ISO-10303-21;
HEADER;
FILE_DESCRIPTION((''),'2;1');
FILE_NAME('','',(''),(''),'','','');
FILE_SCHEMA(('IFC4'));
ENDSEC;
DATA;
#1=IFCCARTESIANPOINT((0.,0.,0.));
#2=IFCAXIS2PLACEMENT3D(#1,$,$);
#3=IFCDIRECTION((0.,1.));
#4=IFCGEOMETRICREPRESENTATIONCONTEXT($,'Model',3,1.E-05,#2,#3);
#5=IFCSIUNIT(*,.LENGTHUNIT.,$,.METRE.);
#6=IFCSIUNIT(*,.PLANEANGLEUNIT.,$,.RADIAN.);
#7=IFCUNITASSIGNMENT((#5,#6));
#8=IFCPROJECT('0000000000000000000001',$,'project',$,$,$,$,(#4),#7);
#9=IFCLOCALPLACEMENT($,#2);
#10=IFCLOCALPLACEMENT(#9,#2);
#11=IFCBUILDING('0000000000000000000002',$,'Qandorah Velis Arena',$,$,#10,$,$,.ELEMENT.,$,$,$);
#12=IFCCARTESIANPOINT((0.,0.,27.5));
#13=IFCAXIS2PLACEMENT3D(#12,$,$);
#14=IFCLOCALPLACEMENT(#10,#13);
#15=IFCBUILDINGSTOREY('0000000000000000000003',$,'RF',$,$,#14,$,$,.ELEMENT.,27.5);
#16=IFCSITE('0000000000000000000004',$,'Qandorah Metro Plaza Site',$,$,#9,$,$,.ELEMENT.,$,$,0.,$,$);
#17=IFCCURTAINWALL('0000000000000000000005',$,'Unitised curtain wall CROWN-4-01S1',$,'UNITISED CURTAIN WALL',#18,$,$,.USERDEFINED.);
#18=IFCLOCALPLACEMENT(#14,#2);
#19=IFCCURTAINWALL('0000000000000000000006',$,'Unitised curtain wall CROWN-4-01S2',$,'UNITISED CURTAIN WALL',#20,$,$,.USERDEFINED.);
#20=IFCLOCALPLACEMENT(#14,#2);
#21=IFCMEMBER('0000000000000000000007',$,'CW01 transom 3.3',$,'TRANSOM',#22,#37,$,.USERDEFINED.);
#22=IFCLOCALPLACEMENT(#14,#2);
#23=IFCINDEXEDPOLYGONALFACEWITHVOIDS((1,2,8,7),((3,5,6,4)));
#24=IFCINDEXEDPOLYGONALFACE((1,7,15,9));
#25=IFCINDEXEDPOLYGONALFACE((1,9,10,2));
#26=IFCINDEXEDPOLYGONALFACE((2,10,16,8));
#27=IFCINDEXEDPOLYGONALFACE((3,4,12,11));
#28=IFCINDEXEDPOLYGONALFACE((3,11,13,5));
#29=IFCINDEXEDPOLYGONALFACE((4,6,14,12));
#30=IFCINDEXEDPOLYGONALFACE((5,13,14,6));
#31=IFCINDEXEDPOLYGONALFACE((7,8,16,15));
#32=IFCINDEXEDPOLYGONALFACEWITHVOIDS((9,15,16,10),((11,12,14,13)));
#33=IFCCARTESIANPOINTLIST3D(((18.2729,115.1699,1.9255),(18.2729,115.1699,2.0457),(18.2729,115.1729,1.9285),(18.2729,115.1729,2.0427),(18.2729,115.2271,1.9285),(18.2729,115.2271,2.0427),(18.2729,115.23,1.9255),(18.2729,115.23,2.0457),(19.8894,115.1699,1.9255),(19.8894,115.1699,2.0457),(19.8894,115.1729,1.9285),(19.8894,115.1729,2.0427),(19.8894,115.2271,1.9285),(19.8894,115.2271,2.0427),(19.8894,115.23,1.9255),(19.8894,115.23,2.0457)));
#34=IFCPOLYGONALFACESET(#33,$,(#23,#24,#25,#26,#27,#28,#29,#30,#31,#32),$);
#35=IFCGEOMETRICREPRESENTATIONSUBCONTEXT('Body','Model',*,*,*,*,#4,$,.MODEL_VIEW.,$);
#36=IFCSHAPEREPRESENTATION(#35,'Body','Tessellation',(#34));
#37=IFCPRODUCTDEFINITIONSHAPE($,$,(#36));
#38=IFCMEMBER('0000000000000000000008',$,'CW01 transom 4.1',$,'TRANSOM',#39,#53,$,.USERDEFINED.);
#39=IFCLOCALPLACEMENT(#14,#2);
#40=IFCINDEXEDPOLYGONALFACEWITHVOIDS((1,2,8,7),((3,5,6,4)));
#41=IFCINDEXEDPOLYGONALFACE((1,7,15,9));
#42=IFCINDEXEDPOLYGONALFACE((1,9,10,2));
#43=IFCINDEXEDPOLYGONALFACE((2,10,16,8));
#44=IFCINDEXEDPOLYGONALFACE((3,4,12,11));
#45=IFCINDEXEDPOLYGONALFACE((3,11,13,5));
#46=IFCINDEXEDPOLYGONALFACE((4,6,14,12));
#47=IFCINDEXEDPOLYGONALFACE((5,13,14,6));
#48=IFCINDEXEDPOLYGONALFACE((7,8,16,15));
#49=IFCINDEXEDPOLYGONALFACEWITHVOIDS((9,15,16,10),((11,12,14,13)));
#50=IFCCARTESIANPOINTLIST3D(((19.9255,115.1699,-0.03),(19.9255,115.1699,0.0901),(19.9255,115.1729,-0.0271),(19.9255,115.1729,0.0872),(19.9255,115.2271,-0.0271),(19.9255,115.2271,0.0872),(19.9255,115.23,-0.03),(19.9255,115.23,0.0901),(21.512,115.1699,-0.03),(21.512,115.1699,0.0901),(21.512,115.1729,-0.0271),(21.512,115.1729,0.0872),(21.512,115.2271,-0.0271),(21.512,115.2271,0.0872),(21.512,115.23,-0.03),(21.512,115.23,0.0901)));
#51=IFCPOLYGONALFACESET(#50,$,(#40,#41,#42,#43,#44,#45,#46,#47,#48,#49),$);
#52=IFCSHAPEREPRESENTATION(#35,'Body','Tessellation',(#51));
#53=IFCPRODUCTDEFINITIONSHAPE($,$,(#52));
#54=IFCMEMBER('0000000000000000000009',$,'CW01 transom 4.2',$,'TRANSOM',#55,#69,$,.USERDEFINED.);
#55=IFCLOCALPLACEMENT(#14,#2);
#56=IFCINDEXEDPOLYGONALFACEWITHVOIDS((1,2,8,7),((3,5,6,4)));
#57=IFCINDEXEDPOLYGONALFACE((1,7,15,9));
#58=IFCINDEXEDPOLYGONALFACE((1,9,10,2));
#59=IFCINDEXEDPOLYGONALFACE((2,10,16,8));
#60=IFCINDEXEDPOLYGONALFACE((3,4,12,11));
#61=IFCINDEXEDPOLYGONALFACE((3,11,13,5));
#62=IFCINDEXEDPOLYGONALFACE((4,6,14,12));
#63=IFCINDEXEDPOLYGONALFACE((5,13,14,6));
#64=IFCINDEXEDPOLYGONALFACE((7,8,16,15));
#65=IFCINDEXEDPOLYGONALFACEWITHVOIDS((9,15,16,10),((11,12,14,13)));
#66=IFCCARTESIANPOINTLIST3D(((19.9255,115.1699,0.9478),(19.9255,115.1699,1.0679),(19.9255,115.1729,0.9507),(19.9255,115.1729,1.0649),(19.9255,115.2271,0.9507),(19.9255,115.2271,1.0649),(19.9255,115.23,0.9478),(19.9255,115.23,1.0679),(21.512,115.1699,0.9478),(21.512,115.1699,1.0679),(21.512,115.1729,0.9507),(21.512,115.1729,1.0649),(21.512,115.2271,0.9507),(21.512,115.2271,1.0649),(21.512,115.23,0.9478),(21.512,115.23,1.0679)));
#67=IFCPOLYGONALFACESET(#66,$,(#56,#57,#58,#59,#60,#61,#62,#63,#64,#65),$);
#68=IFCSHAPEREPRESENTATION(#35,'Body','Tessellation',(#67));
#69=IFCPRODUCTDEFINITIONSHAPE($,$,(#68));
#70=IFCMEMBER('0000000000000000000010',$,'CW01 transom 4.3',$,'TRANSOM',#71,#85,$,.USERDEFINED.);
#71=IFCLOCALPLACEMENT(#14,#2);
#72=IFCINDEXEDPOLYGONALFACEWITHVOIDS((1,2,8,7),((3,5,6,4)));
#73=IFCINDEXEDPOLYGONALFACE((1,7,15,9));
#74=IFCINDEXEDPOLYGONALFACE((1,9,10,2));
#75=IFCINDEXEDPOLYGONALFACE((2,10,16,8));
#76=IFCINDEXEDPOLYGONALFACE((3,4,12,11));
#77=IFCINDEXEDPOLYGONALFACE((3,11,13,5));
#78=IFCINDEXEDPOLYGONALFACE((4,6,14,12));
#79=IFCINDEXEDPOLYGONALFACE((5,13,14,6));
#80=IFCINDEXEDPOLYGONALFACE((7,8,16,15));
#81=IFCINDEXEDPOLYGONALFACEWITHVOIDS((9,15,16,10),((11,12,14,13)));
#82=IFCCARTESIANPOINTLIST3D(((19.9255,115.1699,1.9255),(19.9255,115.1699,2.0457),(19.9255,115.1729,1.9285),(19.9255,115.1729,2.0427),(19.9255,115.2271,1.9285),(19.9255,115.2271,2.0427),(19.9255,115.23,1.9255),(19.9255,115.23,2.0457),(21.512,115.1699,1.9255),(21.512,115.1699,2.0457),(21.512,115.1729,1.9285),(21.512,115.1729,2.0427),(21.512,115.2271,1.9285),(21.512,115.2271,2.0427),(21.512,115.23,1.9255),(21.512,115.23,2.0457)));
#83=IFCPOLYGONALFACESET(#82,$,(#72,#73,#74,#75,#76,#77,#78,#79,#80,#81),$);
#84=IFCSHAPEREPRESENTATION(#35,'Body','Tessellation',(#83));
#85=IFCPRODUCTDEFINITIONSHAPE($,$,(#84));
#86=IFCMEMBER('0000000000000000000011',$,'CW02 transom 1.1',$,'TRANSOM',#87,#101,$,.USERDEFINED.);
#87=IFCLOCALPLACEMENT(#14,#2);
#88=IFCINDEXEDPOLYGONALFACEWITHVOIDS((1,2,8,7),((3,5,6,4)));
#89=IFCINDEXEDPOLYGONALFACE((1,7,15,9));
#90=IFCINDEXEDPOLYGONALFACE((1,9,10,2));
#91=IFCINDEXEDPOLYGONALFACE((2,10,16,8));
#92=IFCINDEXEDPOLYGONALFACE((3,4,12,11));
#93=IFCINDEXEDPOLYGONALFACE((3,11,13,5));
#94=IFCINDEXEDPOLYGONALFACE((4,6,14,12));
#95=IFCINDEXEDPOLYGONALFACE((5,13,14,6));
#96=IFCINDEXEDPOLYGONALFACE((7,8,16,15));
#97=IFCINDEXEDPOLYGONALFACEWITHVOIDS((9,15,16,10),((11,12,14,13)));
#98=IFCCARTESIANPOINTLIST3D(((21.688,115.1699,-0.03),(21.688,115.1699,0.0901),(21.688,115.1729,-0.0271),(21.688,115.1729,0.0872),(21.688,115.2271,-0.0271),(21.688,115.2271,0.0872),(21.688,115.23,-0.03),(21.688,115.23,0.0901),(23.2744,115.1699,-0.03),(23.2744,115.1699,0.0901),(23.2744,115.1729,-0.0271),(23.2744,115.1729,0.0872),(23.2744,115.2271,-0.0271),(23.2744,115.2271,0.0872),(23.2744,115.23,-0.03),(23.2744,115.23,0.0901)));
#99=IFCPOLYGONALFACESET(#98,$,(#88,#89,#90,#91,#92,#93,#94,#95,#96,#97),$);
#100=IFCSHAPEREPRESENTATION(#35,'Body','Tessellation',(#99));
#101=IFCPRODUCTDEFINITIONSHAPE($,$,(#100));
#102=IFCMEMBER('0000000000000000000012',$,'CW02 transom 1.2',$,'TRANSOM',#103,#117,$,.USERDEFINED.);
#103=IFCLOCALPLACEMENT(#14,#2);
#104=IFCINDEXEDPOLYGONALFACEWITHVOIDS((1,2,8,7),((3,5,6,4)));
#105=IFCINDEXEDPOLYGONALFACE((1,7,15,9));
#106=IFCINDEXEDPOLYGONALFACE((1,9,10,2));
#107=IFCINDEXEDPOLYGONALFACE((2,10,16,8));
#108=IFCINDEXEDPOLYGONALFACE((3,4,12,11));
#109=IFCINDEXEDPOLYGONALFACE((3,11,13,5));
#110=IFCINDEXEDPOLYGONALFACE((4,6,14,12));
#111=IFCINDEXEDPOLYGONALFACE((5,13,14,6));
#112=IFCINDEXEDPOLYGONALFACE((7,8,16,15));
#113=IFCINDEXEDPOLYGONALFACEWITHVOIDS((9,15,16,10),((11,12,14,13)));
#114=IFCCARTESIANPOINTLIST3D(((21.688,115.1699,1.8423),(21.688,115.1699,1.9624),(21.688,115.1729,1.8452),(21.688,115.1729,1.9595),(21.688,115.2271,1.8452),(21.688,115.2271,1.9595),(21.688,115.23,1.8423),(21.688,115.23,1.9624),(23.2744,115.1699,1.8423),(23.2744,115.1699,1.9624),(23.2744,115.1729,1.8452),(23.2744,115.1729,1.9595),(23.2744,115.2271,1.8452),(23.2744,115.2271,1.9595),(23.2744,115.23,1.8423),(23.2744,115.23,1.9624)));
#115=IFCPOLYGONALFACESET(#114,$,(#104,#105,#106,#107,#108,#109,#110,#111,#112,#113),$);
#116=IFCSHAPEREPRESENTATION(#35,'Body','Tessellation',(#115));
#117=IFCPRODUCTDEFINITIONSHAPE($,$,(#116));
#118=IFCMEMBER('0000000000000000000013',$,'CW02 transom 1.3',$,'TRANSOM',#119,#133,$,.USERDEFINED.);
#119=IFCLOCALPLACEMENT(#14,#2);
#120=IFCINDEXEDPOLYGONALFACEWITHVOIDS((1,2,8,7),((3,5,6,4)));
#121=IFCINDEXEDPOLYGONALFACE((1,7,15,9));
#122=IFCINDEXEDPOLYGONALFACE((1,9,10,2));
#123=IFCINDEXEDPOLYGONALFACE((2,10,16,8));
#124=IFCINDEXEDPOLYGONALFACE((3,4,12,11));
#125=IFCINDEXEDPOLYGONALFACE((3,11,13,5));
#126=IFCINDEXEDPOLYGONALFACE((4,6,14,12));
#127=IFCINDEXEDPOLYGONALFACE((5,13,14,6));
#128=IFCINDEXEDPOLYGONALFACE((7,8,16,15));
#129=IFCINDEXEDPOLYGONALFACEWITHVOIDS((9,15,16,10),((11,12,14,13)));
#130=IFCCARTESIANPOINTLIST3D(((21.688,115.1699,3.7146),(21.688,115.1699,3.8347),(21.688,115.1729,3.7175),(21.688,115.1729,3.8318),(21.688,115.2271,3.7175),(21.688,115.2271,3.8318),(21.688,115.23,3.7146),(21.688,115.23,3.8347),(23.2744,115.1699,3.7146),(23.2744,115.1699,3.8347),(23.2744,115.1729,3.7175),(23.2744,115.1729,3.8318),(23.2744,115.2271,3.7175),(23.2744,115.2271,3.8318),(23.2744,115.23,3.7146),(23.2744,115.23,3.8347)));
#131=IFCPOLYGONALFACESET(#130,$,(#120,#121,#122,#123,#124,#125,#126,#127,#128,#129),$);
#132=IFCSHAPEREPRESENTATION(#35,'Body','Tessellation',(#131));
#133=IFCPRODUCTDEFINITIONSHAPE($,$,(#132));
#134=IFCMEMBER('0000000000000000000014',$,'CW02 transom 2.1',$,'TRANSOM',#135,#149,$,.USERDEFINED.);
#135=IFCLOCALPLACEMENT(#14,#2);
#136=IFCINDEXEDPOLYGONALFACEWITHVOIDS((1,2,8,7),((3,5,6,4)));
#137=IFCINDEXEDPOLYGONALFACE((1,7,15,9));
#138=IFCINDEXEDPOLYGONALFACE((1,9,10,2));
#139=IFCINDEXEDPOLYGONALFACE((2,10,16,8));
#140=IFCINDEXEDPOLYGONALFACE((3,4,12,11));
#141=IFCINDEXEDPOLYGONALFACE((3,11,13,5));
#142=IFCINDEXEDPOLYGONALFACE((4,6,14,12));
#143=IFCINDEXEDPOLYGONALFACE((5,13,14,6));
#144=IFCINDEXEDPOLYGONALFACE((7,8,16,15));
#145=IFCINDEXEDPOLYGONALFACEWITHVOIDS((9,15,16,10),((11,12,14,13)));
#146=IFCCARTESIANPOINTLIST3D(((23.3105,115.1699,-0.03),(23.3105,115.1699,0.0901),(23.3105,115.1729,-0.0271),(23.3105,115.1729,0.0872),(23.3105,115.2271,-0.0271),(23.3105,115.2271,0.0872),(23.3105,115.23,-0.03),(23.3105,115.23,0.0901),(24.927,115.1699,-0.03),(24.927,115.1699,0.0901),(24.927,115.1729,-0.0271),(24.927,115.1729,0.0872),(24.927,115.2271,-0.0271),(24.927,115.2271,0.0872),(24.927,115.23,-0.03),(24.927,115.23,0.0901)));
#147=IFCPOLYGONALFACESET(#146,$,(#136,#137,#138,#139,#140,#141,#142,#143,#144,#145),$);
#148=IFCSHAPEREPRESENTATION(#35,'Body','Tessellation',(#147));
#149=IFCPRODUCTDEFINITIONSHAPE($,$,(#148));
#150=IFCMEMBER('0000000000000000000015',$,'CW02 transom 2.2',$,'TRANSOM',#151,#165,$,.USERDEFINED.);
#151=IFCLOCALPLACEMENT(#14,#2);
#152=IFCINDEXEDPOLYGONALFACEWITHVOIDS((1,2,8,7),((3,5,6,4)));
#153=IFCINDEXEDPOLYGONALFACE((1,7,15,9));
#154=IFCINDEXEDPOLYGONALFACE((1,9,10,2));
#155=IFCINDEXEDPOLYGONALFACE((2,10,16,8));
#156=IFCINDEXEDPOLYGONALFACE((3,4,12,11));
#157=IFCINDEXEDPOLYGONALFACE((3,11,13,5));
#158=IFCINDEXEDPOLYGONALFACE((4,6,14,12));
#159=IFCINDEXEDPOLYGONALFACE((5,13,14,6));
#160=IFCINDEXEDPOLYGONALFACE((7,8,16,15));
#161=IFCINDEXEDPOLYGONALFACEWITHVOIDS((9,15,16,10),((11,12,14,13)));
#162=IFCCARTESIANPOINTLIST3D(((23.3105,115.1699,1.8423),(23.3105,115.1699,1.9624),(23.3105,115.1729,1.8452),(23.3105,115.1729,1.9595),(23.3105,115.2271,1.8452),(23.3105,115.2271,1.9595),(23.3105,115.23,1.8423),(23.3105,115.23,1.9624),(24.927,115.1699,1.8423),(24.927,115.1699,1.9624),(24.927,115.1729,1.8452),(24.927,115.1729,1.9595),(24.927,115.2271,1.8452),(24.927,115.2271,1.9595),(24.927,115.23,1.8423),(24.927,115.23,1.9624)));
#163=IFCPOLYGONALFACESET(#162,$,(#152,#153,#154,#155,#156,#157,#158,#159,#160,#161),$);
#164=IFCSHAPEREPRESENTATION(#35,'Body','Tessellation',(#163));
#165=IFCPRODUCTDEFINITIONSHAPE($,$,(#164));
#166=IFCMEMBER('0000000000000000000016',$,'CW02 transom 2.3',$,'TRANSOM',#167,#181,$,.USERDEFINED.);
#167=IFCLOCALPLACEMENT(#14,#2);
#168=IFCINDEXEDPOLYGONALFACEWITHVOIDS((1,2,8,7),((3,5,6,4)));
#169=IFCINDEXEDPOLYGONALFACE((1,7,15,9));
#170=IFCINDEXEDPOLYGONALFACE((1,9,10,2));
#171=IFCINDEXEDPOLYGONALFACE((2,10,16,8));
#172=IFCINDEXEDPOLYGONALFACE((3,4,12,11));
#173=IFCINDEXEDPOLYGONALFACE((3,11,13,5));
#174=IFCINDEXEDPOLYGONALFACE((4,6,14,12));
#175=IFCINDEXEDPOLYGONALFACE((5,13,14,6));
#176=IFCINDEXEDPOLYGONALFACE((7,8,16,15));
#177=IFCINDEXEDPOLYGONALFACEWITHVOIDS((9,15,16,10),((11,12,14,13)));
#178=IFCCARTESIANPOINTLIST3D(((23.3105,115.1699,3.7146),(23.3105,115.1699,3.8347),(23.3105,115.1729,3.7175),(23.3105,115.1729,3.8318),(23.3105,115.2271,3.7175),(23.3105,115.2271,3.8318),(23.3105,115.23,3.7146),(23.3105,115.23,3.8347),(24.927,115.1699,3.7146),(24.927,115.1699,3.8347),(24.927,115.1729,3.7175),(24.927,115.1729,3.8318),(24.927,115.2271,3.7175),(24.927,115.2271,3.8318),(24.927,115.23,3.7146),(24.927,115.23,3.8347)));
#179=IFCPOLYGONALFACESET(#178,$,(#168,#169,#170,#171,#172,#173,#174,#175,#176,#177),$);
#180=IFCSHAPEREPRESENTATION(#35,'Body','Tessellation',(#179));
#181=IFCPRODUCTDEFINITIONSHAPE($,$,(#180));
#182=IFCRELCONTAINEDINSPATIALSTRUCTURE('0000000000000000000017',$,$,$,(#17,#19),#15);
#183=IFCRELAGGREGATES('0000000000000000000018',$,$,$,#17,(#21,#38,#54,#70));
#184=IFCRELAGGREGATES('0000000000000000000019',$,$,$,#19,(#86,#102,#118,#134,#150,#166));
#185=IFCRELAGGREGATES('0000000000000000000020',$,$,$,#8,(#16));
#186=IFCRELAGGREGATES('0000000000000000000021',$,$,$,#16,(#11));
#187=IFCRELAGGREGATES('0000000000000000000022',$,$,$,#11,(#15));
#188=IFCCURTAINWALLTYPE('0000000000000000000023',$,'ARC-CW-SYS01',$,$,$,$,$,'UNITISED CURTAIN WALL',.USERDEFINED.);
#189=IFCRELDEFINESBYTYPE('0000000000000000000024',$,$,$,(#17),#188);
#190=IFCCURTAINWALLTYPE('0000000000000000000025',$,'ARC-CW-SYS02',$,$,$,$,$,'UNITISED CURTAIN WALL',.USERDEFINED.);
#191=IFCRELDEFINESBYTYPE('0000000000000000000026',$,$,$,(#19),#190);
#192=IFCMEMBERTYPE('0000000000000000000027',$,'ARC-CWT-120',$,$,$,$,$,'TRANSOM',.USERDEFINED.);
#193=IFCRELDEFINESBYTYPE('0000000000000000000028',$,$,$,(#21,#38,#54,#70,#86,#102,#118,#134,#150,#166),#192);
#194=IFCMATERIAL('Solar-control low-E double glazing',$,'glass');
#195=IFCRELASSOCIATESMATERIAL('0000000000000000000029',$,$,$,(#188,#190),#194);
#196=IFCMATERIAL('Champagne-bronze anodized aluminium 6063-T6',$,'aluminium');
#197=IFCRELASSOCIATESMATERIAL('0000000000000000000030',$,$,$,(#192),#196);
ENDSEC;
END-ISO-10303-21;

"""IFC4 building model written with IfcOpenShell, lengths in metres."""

from ifc_helpers import new_model, si_unit, direction, frame, origin, origin_2d, place, context, subcontext, project, spatial, hollow_rectangle, extrude, material, material_profile, profile_set, type_object, element, aggregate, save


model = new_model("IFC4")

# Units and contexts
model_context = context("Model", 3, precision=1e-05, world=origin(), true_north=direction((0.0, 1.0)))
body_context = subcontext(model_context, "Body", "Model", "MODEL_VIEW")
ifc_project = project(units=[si_unit("LENGTHUNIT", "METRE"), si_unit("PLANEANGLEUNIT", "RADIAN")], contexts=[model_context])

# Site, building, storey
site_placement = place(None, origin())
site = spatial("IfcSite", under=ifc_project, at=site_placement, Name="Qandorah Metro Plaza Site", CompositionType="ELEMENT", RefElevation=0.0)
building_placement = place(site_placement, origin())
building = spatial("IfcBuilding", under=site, at=building_placement, Name="Qandorah Velis Arena", CompositionType="ELEMENT")
storey_placement = place(building_placement, frame((0.0, 0.0, 27.5)))
storey = spatial("IfcBuildingStorey", under=building, at=storey_placement, Name="RF", CompositionType="ELEMENT", Elevation=27.5)

# Curtain walls
ifc_material_1 = material(Name="Solar-control low-E double glazing", Category="glass")
curtain_wall_type_1 = type_object("IfcCurtainWallType", Name="ARC-CW-SYS01", ElementType="UNITISED CURTAIN WALL", PredefinedType="USERDEFINED", material=ifc_material_1)
curtain_wall_1_placement = place(storey_placement, origin())
curtain_wall_1 = element("IfcCurtainWall", 1, at=curtain_wall_1_placement, inside=storey, type_object=curtain_wall_type_1, Name="Unitised curtain wall CROWN-4-01S1", ObjectType="UNITISED CURTAIN WALL", PredefinedType="USERDEFINED")
ifc_material_2 = material(Name="Champagne-bronze anodized aluminium 6063-T6", Category="aluminium")
curtain_wall_type_2 = type_object("IfcCurtainWallType", Name="ARC-CW-SYS02", ElementType="UNITISED CURTAIN WALL", PredefinedType="USERDEFINED", material=ifc_material_1)
curtain_wall_2_placement = place(storey_placement, origin())
curtain_wall_2 = element("IfcCurtainWall", 2, at=curtain_wall_2_placement, inside=storey, type_object=curtain_wall_type_2, Name="Unitised curtain wall CROWN-4-01S2", ObjectType="UNITISED CURTAIN WALL", PredefinedType="USERDEFINED")

# Members
ifc_material_profile_1 = material_profile(ifc_material_2, hollow_rectangle(XDim=0.0601, YDim=0.1201, WallThickness=0.0029, at=origin_2d()), Name="ALU TRANSOM 60x120")
ifc_profile_set_1 = profile_set([ifc_material_profile_1], Name="Champagne-bronze anodized aluminium 6063-T6")
member_type_1 = type_object("IfcMemberType", Name="ARC-CWT-120", ElementType="TRANSOM", PredefinedType="USERDEFINED", material=ifc_profile_set_1)
member_1_placement = place(storey_placement, frame((18.2729, 115.2, 1.9856), z_axis=(1.0, 0.0, 0.0), x_axis=(0.0, 1.0, 0.0)))
member_1 = element("IfcMember", 3, at=member_1_placement, type_object=member_type_1, Name="CW01 transom 3.3", ObjectType="TRANSOM", PredefinedType="USERDEFINED", context=body_context, shape_type="SweptSolid", body=[
    extrude(hollow_rectangle(XDim=0.0601, YDim=0.1201, WallThickness=0.0029, at=origin_2d()), origin(), (0.0, 0.0, 1.0), 1.6165),
])
member_2_placement = place(storey_placement, frame((19.9255, 115.2, 0.03), z_axis=(1.0, 0.0, 0.0), x_axis=(0.0, 1.0, 0.0)))
member_2 = element("IfcMember", 4, at=member_2_placement, type_object=member_type_1, Name="CW01 transom 4.1", ObjectType="TRANSOM", PredefinedType="USERDEFINED", context=body_context, shape_type="SweptSolid", body=[
    extrude(hollow_rectangle(XDim=0.0601, YDim=0.1201, WallThickness=0.0029, at=origin_2d()), origin(), (0.0, 0.0, 1.0), 1.5864),
])
member_3_placement = place(storey_placement, frame((19.9255, 115.2, 1.0078), z_axis=(1.0, 0.0, 0.0), x_axis=(0.0, 1.0, 0.0)))
member_3 = element("IfcMember", 5, at=member_3_placement, type_object=member_type_1, Name="CW01 transom 4.2", ObjectType="TRANSOM", PredefinedType="USERDEFINED", context=body_context, shape_type="SweptSolid", body=[
    extrude(hollow_rectangle(XDim=0.0601, YDim=0.1201, WallThickness=0.0029, at=origin_2d()), origin(), (0.0, 0.0, 1.0), 1.5864),
])
member_4_placement = place(storey_placement, frame((19.9255, 115.2, 1.9856), z_axis=(1.0, 0.0, 0.0), x_axis=(0.0, 1.0, 0.0)))
member_4 = element("IfcMember", 6, at=member_4_placement, type_object=member_type_1, Name="CW01 transom 4.3", ObjectType="TRANSOM", PredefinedType="USERDEFINED", context=body_context, shape_type="SweptSolid", body=[
    extrude(hollow_rectangle(XDim=0.0601, YDim=0.1201, WallThickness=0.0029, at=origin_2d()), origin(), (0.0, 0.0, 1.0), 1.5864),
])
member_5_placement = place(storey_placement, frame((21.688, 115.2, 0.03), z_axis=(1.0, 0.0, 0.0), x_axis=(0.0, 1.0, 0.0)))
member_5 = element("IfcMember", 7, at=member_5_placement, type_object=member_type_1, Name="CW02 transom 1.1", ObjectType="TRANSOM", PredefinedType="USERDEFINED", context=body_context, shape_type="SweptSolid", body=[
    extrude(hollow_rectangle(XDim=0.0601, YDim=0.1201, WallThickness=0.0029, at=origin_2d()), origin(), (0.0, 0.0, 1.0), 1.5864),
])
member_6_placement = place(storey_placement, frame((21.688, 115.2, 1.9023), z_axis=(1.0, 0.0, 0.0), x_axis=(0.0, 1.0, 0.0)))
member_6 = element("IfcMember", 8, at=member_6_placement, type_object=member_type_1, Name="CW02 transom 1.2", ObjectType="TRANSOM", PredefinedType="USERDEFINED", context=body_context, shape_type="SweptSolid", body=[
    extrude(hollow_rectangle(XDim=0.0601, YDim=0.1201, WallThickness=0.0029, at=origin_2d()), origin(), (0.0, 0.0, 1.0), 1.5864),
])
member_7_placement = place(storey_placement, frame((21.688, 115.2, 3.7747), z_axis=(1.0, 0.0, 0.0), x_axis=(0.0, 1.0, 0.0)))
member_7 = element("IfcMember", 9, at=member_7_placement, type_object=member_type_1, Name="CW02 transom 1.3", ObjectType="TRANSOM", PredefinedType="USERDEFINED", context=body_context, shape_type="SweptSolid", body=[
    extrude(hollow_rectangle(XDim=0.0601, YDim=0.1201, WallThickness=0.0029, at=origin_2d()), origin(), (0.0, 0.0, 1.0), 1.5864),
])
member_8_placement = place(storey_placement, frame((23.3105, 115.2, 0.03), z_axis=(1.0, 0.0, 0.0), x_axis=(0.0, 1.0, 0.0)))
member_8 = element("IfcMember", 10, at=member_8_placement, type_object=member_type_1, Name="CW02 transom 2.1", ObjectType="TRANSOM", PredefinedType="USERDEFINED", context=body_context, shape_type="SweptSolid", body=[
    extrude(hollow_rectangle(XDim=0.0601, YDim=0.1201, WallThickness=0.0029, at=origin_2d()), origin(), (0.0, 0.0, 1.0), 1.6165),
])
member_9_placement = place(storey_placement, frame((23.3105, 115.2, 1.9023), z_axis=(1.0, 0.0, 0.0), x_axis=(0.0, 1.0, 0.0)))
member_9 = element("IfcMember", 11, at=member_9_placement, type_object=member_type_1, Name="CW02 transom 2.2", ObjectType="TRANSOM", PredefinedType="USERDEFINED", context=body_context, shape_type="SweptSolid", body=[
    extrude(hollow_rectangle(XDim=0.0601, YDim=0.1201, WallThickness=0.0029, at=origin_2d()), origin(), (0.0, 0.0, 1.0), 1.6165),
])
member_10_placement = place(storey_placement, frame((23.3105, 115.2, 3.7747), z_axis=(1.0, 0.0, 0.0), x_axis=(0.0, 1.0, 0.0)))
member_10 = element("IfcMember", 12, at=member_10_placement, type_object=member_type_1, Name="CW02 transom 2.3", ObjectType="TRANSOM", PredefinedType="USERDEFINED", context=body_context, shape_type="SweptSolid", body=[
    extrude(hollow_rectangle(XDim=0.0601, YDim=0.1201, WallThickness=0.0029, at=origin_2d()), origin(), (0.0, 0.0, 1.0), 1.6165),
])

aggregate(curtain_wall_1, [member_1, member_2, member_3, member_4])
aggregate(curtain_wall_2, [member_5, member_6, member_7, member_8, member_9, member_10])

save(model, "model.ifc")
